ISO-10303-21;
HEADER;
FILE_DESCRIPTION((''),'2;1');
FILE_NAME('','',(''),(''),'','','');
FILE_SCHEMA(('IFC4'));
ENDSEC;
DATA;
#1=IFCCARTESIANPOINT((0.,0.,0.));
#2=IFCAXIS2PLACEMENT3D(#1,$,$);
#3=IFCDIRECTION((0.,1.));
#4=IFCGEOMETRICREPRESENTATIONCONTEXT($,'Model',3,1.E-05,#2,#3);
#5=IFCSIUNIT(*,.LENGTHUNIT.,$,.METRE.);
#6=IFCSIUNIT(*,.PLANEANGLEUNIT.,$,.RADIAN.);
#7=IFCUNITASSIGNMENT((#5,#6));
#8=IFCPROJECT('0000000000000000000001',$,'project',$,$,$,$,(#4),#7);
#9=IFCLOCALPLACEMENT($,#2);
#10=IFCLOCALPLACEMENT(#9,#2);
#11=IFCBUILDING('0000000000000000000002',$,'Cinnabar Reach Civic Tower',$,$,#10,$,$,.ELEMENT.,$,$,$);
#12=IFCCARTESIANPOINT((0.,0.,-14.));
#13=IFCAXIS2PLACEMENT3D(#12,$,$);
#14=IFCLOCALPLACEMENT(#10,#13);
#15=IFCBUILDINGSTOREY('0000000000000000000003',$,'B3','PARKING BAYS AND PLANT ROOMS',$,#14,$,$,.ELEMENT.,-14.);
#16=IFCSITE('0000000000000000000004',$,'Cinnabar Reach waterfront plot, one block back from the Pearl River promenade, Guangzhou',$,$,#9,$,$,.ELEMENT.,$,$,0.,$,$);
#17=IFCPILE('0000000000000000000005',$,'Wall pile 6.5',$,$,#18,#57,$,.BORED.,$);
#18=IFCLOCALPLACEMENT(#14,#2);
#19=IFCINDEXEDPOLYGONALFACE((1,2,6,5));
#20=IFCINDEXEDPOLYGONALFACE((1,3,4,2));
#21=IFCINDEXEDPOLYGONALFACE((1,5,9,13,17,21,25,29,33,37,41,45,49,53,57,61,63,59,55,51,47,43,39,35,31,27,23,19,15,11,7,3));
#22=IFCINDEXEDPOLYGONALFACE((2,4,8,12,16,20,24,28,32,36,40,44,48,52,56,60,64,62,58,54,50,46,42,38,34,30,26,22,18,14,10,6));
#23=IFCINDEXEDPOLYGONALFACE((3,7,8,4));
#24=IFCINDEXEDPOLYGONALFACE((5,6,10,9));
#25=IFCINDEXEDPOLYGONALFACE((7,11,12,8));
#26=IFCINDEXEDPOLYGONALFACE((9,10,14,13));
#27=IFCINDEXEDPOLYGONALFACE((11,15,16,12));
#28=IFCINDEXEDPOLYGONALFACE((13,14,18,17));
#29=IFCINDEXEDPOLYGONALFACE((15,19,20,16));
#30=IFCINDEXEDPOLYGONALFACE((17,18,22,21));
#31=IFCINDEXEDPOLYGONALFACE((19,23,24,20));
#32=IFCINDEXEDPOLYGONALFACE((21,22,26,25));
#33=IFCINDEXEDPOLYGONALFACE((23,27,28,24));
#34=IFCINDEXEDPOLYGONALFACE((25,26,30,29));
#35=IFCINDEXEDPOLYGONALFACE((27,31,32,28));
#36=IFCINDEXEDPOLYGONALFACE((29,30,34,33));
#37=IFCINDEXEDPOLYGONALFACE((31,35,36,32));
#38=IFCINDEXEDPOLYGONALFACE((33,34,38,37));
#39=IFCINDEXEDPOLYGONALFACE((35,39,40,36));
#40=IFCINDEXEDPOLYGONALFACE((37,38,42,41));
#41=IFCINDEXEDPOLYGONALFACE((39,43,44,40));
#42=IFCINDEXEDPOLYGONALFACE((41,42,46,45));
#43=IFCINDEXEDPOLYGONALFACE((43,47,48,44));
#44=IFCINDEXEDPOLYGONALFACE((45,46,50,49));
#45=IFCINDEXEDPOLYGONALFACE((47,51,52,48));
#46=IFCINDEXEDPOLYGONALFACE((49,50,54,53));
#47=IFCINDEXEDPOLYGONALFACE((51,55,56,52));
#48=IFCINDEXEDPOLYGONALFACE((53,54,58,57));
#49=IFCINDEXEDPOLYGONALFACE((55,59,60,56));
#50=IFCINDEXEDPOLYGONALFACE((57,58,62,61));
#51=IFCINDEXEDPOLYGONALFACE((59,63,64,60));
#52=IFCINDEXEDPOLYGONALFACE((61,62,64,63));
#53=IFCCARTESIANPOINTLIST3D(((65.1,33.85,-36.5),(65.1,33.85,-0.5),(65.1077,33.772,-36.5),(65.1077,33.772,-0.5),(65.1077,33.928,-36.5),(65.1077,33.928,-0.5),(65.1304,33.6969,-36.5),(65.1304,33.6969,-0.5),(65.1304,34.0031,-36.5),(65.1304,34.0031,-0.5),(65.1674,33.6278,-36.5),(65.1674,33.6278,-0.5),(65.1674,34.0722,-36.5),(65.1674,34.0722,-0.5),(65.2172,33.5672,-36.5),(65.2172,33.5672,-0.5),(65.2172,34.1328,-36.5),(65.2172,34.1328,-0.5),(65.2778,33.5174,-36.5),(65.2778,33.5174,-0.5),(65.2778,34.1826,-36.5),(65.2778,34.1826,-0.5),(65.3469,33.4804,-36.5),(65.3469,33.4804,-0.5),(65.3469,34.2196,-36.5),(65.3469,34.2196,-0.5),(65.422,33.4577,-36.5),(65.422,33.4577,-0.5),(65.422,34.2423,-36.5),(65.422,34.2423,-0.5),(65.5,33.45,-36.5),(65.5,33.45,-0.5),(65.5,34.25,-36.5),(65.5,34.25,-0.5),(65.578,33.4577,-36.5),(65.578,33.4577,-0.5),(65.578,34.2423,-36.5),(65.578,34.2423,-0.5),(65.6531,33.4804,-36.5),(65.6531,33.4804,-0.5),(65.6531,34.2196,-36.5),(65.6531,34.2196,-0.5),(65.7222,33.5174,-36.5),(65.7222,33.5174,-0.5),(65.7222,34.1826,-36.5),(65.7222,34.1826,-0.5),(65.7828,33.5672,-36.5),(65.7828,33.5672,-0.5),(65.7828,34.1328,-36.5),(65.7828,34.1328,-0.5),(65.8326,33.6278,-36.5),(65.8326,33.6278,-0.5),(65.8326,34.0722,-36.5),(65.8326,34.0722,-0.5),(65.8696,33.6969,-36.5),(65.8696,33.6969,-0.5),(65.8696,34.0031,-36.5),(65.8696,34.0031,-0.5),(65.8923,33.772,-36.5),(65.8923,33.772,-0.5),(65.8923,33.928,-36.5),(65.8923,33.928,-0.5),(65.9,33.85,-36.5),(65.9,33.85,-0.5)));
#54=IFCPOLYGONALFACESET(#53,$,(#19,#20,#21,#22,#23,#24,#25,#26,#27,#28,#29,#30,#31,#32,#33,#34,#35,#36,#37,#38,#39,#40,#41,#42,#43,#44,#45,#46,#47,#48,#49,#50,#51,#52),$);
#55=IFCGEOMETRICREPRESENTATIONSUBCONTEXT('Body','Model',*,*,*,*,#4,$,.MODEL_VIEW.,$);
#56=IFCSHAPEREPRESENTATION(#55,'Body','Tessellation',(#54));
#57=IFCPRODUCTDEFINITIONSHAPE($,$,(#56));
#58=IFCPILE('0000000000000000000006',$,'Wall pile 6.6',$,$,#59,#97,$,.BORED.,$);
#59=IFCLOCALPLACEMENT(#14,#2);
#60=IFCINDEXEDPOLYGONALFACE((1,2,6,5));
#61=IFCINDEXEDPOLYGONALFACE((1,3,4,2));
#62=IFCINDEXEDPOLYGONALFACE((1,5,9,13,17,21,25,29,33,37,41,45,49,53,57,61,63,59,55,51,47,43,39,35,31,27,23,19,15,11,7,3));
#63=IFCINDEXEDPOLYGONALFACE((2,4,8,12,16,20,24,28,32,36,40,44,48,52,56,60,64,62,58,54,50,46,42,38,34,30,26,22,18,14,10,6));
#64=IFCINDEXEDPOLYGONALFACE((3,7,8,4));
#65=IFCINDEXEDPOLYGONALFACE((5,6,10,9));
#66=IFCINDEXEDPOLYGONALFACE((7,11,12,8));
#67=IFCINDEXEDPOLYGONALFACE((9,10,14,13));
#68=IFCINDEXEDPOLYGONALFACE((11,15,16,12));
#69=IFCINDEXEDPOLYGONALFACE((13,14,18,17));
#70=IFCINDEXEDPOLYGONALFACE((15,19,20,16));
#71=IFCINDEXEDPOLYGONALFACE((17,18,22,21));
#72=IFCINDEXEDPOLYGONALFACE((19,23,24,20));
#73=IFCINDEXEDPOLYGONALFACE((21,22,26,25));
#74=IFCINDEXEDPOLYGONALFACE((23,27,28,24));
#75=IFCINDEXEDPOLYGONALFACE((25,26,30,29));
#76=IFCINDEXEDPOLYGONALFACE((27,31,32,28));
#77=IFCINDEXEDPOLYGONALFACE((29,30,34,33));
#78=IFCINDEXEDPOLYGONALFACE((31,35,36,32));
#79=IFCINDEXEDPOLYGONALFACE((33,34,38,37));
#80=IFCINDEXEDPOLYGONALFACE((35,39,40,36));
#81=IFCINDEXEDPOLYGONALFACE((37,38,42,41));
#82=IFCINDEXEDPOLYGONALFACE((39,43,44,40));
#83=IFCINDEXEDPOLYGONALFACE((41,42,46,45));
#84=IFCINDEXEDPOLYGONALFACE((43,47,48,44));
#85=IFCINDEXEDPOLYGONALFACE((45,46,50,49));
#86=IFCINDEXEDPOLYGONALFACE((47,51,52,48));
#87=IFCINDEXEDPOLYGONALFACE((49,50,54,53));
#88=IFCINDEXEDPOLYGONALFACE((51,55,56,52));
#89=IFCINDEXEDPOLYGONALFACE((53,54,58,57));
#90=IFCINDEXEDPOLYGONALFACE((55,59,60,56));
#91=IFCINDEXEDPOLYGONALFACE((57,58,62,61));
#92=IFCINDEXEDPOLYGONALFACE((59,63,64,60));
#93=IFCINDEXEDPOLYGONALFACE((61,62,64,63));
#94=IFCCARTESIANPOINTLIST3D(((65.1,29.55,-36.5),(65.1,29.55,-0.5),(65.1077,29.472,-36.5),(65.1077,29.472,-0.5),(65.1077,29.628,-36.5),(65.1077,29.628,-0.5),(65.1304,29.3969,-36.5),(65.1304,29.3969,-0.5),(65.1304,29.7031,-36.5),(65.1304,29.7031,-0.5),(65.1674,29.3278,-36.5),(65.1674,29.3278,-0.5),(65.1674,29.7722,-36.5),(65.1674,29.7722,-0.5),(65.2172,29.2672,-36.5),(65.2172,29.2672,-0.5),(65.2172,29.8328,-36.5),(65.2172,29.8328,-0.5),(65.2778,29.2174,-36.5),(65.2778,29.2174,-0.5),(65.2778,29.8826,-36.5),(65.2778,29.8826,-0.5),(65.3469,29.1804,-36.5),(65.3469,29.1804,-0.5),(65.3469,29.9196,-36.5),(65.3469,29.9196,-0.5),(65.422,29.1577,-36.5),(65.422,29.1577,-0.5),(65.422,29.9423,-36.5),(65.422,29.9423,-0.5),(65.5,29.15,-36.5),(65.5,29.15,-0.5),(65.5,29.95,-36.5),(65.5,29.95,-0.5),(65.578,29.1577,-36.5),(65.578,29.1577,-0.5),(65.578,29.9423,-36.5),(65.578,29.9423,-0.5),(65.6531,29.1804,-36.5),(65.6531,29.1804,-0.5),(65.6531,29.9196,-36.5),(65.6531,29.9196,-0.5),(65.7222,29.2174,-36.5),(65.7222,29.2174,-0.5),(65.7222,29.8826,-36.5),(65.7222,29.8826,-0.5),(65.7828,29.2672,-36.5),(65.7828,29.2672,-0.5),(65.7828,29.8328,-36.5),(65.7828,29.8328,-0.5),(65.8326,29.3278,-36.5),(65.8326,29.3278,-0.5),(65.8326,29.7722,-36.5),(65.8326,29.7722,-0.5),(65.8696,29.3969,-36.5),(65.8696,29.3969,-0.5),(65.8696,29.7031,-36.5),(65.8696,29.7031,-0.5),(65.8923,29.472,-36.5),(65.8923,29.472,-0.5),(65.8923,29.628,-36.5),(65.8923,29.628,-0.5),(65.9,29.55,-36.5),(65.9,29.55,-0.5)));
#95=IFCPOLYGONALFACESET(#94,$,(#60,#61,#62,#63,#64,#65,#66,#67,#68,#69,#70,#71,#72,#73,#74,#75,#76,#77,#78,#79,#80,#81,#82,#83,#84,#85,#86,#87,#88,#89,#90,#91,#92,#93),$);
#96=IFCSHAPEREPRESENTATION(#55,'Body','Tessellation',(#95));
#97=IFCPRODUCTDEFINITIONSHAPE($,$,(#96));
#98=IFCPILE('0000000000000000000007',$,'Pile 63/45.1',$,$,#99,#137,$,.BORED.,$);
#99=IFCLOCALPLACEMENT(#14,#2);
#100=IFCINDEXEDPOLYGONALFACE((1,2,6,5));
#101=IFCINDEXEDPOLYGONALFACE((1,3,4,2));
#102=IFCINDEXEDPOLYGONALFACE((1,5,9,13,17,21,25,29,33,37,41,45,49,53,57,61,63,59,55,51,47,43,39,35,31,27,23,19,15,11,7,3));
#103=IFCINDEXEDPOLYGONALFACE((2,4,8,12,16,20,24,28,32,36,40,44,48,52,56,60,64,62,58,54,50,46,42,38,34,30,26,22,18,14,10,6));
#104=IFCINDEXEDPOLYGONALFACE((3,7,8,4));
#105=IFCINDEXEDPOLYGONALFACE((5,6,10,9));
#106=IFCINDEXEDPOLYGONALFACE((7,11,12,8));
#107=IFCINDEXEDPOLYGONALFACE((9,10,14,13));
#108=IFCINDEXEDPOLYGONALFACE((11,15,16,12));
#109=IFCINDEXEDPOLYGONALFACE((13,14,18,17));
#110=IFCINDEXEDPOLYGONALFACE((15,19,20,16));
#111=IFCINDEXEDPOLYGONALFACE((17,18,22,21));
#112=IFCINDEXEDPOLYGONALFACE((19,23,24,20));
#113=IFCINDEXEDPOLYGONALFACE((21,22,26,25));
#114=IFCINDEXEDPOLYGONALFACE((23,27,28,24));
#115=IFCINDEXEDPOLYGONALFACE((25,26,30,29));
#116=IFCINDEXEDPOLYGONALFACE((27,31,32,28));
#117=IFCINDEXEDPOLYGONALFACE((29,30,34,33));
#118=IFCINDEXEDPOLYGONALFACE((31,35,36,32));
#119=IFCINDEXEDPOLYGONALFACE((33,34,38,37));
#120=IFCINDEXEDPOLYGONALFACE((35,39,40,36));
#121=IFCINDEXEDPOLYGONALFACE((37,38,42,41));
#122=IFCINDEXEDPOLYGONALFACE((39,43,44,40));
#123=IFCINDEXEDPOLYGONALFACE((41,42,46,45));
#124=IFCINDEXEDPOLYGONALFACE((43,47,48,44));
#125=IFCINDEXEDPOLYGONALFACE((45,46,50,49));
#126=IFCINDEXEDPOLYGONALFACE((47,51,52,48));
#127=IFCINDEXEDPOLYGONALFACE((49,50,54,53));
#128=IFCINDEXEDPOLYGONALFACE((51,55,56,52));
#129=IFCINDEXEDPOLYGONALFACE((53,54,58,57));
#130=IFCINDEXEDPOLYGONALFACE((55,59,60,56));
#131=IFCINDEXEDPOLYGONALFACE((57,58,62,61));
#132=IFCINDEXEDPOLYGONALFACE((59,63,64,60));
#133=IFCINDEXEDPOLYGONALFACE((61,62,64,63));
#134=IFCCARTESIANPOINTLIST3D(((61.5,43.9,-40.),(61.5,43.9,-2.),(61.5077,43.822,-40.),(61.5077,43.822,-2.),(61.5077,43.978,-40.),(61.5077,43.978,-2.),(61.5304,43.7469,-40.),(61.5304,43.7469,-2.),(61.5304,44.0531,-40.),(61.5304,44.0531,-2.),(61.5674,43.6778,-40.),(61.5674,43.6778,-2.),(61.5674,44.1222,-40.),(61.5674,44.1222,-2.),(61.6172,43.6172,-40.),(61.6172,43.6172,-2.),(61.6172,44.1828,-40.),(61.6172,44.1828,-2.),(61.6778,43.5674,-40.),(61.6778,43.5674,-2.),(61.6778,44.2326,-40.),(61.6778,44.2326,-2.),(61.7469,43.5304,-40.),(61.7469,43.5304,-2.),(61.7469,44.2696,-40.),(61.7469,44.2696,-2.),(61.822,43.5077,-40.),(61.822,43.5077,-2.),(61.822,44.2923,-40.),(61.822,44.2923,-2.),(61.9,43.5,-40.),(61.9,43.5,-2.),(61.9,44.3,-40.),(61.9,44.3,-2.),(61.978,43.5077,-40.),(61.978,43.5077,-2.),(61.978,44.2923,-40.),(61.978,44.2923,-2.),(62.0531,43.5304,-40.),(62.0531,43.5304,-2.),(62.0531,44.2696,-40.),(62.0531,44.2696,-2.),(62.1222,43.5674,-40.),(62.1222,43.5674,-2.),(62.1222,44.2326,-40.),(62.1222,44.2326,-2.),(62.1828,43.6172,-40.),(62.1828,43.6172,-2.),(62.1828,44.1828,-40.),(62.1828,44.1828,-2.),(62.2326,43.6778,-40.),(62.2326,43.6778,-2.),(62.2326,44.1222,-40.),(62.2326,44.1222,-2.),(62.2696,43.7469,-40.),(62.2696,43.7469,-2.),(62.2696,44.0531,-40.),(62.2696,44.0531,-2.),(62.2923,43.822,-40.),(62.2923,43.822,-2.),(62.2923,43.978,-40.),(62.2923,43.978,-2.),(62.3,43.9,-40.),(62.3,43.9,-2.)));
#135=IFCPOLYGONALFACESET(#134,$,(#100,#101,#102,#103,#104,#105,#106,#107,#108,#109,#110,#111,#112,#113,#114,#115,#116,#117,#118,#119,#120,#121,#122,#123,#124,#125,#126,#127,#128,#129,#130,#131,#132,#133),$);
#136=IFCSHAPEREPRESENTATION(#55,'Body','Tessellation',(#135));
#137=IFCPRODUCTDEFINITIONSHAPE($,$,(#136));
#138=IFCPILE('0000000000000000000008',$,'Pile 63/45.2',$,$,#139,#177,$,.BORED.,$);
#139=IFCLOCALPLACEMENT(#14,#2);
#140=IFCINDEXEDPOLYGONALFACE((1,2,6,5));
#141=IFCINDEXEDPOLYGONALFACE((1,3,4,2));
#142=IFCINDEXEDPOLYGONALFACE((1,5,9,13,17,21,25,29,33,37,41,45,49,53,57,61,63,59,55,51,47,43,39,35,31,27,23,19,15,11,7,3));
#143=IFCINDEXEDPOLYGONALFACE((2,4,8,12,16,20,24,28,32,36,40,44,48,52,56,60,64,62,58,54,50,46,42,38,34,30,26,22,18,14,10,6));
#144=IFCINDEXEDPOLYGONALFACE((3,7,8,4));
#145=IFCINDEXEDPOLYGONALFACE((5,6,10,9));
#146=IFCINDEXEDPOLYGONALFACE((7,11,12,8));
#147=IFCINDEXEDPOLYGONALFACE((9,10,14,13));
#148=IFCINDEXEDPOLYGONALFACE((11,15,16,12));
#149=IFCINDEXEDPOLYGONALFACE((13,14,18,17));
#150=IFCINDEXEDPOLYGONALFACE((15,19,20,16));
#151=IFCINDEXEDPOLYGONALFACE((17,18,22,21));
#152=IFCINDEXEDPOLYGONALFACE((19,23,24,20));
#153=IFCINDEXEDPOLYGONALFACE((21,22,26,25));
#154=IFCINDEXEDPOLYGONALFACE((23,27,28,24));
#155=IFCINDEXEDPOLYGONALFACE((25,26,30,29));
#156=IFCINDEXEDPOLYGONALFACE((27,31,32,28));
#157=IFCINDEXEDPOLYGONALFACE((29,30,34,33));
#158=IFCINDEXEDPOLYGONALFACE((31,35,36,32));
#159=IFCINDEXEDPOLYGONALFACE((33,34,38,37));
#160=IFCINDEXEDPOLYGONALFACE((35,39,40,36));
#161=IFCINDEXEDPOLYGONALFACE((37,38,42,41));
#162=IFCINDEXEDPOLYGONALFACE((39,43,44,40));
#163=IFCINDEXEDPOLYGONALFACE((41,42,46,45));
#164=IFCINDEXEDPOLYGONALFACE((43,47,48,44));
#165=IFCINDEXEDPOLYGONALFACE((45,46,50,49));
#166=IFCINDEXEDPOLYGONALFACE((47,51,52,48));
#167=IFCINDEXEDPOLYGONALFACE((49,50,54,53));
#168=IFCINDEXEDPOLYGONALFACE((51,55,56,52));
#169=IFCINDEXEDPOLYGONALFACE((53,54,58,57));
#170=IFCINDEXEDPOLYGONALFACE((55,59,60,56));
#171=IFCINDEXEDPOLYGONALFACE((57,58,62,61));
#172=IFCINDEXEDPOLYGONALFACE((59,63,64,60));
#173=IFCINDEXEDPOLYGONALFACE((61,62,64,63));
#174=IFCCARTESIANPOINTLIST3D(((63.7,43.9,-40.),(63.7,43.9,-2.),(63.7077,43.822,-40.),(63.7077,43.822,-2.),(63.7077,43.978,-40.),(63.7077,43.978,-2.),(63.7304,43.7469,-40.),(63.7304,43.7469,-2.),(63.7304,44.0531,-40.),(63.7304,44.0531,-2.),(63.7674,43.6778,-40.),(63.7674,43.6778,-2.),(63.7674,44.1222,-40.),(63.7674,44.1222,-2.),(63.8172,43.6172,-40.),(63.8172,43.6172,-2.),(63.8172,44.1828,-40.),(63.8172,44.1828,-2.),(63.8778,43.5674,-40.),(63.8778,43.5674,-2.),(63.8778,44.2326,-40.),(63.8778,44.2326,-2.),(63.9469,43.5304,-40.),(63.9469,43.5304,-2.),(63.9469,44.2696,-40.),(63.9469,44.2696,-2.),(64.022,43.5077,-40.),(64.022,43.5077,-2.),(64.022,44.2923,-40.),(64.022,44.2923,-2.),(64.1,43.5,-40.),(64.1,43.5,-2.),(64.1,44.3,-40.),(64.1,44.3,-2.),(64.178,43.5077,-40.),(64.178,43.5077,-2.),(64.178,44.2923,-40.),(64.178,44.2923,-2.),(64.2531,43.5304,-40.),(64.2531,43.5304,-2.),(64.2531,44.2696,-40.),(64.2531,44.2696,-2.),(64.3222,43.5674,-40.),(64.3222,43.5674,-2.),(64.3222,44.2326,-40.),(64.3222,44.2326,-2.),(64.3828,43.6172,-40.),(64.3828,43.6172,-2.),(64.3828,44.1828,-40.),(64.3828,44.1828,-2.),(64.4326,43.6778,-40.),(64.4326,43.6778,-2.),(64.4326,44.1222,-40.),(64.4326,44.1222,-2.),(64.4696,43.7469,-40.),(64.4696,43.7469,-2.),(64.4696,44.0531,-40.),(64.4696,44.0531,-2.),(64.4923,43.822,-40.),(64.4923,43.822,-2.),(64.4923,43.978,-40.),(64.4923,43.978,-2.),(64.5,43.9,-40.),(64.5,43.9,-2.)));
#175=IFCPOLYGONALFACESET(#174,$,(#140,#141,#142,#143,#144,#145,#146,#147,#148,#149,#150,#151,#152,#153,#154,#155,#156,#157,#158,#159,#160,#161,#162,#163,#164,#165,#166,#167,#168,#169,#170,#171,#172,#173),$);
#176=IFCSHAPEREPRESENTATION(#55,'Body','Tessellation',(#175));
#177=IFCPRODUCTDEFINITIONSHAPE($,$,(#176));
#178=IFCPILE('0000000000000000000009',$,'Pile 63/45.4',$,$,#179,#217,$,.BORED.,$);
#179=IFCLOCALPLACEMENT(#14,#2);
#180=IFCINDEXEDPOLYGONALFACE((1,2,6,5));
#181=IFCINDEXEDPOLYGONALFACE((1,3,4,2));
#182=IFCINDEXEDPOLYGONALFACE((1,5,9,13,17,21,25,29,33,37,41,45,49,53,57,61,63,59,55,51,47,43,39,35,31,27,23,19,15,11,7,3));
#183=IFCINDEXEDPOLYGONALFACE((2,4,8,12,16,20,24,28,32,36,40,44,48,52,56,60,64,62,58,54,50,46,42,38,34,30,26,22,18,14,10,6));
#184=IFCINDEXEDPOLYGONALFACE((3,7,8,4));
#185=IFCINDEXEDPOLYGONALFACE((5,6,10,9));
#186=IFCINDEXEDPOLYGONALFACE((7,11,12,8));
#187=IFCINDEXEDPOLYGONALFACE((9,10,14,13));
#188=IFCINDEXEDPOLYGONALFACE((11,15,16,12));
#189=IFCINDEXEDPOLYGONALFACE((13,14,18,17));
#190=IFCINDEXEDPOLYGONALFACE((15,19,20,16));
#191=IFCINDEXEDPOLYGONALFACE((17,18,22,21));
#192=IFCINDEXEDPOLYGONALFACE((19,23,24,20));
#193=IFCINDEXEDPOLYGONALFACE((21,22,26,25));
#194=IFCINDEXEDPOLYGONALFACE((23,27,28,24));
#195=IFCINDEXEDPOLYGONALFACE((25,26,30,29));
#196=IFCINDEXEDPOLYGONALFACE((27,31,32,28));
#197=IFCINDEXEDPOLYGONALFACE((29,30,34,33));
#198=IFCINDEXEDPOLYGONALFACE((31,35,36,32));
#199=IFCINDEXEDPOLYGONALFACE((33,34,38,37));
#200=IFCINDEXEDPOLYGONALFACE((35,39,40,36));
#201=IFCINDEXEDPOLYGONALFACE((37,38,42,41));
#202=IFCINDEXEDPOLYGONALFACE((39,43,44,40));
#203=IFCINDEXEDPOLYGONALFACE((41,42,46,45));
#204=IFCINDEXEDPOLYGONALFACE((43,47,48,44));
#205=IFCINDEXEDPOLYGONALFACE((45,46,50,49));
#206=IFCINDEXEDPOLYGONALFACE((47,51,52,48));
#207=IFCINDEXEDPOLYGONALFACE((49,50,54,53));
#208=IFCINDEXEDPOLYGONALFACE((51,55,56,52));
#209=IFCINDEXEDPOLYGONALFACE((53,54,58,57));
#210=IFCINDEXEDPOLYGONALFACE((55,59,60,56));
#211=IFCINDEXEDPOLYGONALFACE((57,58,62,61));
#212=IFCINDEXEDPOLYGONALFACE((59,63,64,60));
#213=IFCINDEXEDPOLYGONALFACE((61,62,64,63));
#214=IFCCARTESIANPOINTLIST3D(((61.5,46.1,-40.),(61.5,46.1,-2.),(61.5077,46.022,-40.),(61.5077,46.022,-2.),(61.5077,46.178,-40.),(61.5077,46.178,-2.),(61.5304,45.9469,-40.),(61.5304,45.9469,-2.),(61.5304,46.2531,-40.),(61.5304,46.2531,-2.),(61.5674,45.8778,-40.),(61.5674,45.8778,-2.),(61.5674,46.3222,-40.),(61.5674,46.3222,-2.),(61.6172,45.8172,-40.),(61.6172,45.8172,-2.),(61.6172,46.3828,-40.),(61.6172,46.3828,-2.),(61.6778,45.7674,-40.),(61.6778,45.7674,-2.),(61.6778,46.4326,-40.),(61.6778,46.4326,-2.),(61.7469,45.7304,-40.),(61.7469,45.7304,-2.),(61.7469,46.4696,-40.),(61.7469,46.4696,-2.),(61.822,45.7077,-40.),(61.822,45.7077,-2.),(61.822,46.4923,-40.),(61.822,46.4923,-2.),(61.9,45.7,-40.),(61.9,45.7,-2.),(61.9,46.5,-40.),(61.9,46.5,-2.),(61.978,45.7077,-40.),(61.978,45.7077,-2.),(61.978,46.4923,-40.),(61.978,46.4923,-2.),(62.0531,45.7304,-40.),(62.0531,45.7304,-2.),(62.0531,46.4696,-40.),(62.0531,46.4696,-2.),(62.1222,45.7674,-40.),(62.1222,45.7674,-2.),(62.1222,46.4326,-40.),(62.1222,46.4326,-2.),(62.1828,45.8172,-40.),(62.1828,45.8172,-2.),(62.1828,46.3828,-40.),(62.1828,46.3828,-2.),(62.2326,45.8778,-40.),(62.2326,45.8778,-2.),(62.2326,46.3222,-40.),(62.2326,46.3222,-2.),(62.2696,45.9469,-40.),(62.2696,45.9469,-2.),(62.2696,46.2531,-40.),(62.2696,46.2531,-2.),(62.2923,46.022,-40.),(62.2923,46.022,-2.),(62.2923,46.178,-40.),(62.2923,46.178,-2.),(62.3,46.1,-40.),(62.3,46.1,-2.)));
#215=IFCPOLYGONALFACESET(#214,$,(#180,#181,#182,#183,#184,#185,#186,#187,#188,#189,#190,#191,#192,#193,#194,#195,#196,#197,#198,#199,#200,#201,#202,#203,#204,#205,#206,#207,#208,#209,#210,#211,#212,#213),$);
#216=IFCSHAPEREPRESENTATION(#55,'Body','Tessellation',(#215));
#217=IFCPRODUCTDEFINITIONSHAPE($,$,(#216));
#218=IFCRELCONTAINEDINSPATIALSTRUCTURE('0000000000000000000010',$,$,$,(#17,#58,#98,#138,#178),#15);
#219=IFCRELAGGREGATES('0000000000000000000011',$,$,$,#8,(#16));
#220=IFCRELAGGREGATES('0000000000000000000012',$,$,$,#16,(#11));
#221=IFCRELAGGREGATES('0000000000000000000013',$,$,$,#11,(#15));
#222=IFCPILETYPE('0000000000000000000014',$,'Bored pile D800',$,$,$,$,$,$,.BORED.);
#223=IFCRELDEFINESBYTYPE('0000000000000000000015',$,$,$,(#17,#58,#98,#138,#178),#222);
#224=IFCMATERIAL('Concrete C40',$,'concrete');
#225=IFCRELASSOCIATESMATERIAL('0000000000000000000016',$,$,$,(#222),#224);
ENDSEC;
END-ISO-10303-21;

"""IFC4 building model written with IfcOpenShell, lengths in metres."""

from ifc_helpers import new_model, si_unit, direction, frame, origin, origin_2d, place, context, subcontext, project, spatial, circle, extrude, material, type_object, element, save


model = new_model("IFC4")

# Units and contexts
model_context = context("Model", 3, precision=1e-05, world=origin(), true_north=direction((0.0, 1.0)))
body_context = subcontext(model_context, "Body", "Model", "MODEL_VIEW")
ifc_project = project(units=[si_unit("LENGTHUNIT", "METRE"), si_unit("PLANEANGLEUNIT", "RADIAN")], contexts=[model_context])

# Site, building, storey
site_placement = place(None, origin())
site = spatial("IfcSite", under=ifc_project, at=site_placement, Name="Cinnabar Reach waterfront plot, one block back from the Pearl River promenade, Guangzhou", CompositionType="ELEMENT", RefElevation=0.0)
building_placement = place(site_placement, origin())
building = spatial("IfcBuilding", under=site, at=building_placement, Name="Cinnabar Reach Civic Tower", CompositionType="ELEMENT")
storey_placement = place(building_placement, frame((0.0, 0.0, -14.0)))
storey = spatial("IfcBuildingStorey", under=building, at=storey_placement, Name="B3", Description="PARKING BAYS AND PLANT ROOMS", CompositionType="ELEMENT", Elevation=-14.0)

# Piles
ifc_material_1 = material(Name="Concrete C40", Category="concrete")
pile_type_1 = type_object("IfcPileType", Name="Bored pile D800", PredefinedType="BORED", material=ifc_material_1)
for number, where, z_axis, x_axis, name in (
    (1, (65.5, 33.85, -0.5), (0.0, 0.0, -1.0), (1.0, 0.0, 0.0), "Wall pile 6.5"),
    (2, (65.5, 29.55, -0.5), (0.0, 0.0, -1.0), (1.0, 0.0, 0.0), "Wall pile 6.6"),
):
    element("IfcPile", number, at=place(storey_placement, frame(where, z_axis=z_axis, x_axis=x_axis)), inside=storey, type_object=pile_type_1, Name=name, PredefinedType="BORED", context=body_context, shape_type="SweptSolid", body=[
        extrude(circle(Radius=0.4, at=origin_2d()), origin(), (0.0, 0.0, 1.0), 36.0),
    ])
for number, where, z_axis, x_axis, name in (
    (3, (61.9, 43.9, -2.0), (0.0, 0.0, -1.0), (1.0, 0.0, 0.0), "Pile 63/45.1"),
    (4, (64.1, 43.9, -2.0), (0.0, 0.0, -1.0), (1.0, 0.0, 0.0), "Pile 63/45.2"),
    (5, (61.9, 46.1, -2.0), (0.0, 0.0, -1.0), (1.0, 0.0, 0.0), "Pile 63/45.4"),
):
    element("IfcPile", number, at=place(storey_placement, frame(where, z_axis=z_axis, x_axis=x_axis)), inside=storey, type_object=pile_type_1, Name=name, PredefinedType="BORED", context=body_context, shape_type="SweptSolid", body=[
        extrude(circle(Radius=0.4, at=origin_2d()), origin(), (0.0, 0.0, 1.0), 38.0),
    ])

save(model, "model.ifc")
